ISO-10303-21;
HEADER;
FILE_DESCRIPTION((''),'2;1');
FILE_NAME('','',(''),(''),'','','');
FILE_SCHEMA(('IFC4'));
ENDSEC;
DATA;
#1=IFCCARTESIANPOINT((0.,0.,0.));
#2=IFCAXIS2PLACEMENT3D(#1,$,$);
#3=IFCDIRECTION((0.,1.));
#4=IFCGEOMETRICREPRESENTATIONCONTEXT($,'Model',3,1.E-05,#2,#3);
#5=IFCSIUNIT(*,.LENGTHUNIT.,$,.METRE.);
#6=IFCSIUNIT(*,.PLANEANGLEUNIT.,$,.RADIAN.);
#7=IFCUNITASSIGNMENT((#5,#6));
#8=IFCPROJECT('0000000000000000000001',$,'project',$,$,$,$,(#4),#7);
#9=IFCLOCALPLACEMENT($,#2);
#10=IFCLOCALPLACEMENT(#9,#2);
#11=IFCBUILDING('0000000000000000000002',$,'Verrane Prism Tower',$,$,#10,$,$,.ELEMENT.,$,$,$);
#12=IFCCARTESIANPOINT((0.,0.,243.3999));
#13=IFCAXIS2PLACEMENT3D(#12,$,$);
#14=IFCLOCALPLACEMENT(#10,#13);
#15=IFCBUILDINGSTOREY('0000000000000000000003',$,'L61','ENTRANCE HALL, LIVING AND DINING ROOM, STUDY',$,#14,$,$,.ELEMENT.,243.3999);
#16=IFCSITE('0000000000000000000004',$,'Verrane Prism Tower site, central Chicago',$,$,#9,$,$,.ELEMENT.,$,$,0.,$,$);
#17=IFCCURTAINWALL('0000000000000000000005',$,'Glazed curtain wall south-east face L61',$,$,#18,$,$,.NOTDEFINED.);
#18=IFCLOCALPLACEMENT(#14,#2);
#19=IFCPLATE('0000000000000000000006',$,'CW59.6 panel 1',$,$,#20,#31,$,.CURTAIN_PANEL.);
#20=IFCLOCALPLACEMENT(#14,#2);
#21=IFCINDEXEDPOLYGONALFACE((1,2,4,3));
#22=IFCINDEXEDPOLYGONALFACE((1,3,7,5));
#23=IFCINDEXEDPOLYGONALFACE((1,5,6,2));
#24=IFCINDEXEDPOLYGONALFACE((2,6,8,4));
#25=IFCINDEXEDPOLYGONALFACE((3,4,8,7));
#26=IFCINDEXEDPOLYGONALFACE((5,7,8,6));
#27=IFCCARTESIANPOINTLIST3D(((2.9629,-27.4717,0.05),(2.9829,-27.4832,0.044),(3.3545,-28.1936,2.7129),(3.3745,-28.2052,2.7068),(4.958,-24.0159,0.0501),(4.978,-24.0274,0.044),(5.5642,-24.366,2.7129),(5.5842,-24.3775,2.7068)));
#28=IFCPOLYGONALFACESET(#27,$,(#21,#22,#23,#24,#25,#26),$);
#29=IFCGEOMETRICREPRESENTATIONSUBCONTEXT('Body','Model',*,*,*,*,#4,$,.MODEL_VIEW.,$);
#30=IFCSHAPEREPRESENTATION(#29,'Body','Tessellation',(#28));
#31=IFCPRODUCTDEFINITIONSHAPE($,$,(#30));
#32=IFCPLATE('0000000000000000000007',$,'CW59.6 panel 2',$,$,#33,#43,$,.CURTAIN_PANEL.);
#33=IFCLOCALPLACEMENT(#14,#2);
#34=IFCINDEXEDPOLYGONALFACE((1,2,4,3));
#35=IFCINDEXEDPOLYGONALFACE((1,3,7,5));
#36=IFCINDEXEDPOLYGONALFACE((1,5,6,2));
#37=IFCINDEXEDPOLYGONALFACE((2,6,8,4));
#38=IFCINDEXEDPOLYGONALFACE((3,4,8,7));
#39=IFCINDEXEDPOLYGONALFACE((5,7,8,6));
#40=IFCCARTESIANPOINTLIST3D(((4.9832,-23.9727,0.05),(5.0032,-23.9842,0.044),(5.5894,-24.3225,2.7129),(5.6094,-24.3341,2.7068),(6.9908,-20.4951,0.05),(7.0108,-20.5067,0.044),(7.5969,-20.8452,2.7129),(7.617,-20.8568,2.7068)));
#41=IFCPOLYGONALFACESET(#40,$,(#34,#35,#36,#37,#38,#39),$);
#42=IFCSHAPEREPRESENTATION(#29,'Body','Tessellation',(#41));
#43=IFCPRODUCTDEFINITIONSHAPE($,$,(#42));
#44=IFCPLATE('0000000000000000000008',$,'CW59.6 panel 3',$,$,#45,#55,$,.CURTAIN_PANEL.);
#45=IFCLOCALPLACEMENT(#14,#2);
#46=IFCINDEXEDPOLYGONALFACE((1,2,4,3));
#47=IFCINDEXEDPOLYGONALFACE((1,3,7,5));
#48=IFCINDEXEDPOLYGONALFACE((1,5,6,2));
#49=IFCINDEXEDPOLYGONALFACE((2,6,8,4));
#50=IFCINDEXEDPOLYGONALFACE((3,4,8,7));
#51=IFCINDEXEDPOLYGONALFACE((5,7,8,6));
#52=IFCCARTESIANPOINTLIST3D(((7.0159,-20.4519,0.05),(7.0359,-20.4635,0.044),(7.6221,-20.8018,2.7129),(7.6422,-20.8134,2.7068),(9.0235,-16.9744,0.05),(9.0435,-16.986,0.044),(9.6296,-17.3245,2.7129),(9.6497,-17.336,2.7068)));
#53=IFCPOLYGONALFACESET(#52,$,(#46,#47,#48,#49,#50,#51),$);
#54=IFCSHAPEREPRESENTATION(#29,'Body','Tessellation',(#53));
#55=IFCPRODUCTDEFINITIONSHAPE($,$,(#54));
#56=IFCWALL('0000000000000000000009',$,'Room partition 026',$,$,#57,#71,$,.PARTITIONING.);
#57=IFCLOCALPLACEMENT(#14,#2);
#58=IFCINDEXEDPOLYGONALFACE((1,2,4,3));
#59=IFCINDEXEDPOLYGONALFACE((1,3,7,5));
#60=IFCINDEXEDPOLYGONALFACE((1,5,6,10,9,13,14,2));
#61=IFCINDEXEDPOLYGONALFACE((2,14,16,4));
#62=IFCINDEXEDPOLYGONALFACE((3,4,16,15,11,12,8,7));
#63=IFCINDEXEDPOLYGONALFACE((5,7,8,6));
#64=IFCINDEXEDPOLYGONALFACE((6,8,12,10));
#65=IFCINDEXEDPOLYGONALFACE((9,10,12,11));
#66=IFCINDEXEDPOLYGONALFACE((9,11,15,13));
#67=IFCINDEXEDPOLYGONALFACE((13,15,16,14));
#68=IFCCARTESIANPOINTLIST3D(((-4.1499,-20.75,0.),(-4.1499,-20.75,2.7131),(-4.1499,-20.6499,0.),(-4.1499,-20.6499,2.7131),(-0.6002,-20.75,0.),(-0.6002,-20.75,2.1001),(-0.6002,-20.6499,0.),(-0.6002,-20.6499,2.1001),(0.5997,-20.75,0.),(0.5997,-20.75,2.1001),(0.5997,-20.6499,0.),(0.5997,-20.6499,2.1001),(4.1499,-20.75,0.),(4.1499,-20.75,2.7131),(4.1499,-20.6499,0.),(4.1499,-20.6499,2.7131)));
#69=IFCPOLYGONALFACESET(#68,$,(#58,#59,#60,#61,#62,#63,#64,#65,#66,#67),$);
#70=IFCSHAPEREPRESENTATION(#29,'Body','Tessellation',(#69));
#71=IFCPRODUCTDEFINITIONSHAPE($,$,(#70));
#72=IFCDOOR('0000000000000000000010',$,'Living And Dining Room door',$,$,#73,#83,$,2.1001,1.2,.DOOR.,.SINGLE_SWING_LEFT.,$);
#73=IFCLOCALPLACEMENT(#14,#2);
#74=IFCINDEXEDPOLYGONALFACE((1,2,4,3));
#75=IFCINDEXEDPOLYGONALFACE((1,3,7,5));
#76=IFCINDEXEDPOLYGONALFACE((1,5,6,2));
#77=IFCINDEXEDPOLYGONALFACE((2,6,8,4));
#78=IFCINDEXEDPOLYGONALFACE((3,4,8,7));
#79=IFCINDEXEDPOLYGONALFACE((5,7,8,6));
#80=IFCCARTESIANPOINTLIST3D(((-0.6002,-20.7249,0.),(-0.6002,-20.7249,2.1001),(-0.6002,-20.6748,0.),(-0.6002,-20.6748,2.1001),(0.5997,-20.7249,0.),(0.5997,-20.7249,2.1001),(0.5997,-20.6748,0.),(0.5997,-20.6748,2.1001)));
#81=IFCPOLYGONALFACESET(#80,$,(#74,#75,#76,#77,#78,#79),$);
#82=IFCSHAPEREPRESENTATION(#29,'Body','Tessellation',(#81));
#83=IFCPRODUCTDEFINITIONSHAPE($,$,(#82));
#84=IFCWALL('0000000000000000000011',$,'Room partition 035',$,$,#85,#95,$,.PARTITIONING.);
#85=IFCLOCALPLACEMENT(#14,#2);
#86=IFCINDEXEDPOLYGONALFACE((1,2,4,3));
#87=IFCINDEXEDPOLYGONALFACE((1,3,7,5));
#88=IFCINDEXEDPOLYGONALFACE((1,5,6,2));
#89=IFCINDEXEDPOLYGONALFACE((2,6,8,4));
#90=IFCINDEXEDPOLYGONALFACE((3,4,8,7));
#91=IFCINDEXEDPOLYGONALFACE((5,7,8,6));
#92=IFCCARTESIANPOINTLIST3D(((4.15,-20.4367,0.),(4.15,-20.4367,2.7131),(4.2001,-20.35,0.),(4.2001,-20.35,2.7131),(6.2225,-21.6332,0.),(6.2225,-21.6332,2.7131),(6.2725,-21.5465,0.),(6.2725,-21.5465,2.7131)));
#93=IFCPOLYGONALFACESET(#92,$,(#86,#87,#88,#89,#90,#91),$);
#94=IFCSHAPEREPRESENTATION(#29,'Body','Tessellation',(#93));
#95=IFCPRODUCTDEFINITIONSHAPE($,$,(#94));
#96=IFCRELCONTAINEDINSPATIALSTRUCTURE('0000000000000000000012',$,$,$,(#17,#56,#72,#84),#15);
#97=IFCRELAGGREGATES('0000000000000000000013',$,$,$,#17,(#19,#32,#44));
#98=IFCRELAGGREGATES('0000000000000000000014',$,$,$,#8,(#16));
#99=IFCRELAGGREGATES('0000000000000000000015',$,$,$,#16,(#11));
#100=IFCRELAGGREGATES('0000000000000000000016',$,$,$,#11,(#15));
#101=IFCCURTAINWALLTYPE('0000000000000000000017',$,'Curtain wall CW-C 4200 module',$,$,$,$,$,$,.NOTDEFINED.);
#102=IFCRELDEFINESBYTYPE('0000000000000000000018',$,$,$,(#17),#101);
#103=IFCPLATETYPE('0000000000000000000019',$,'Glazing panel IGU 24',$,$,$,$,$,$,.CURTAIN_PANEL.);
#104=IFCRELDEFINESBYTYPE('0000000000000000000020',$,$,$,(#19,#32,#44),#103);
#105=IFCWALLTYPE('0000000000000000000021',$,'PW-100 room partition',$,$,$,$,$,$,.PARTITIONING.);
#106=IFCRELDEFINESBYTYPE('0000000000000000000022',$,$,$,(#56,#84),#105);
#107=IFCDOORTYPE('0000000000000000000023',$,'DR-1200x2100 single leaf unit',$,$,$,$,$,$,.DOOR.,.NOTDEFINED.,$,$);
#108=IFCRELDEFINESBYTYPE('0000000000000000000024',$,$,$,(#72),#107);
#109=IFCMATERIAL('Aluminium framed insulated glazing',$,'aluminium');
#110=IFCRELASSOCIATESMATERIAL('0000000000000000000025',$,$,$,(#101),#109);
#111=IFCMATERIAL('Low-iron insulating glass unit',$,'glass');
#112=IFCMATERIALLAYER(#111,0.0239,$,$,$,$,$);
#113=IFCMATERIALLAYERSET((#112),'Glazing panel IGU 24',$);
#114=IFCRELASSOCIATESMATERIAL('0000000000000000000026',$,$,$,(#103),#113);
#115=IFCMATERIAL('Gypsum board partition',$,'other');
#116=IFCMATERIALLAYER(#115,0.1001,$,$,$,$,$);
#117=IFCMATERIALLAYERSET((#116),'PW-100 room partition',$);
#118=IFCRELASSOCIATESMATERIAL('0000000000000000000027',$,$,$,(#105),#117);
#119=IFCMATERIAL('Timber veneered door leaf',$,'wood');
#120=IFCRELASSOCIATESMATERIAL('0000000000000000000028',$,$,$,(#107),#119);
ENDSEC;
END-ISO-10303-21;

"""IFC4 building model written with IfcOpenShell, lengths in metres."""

from ifc_helpers import new_model, si_unit, direction, frame, frame_2d, origin, place, context, subcontext, project, spatial, polyline, rectangle, outline, extrude, material, layer, layer_set, type_object, element, fill, aggregate, save


model = new_model("IFC4")

# Units and contexts
model_context = context("Model", 3, precision=1e-05, world=origin(), true_north=direction((0.0, 1.0)))
body_context = subcontext(model_context, "Body", "Model", "MODEL_VIEW")
ifc_project = project(units=[si_unit("LENGTHUNIT", "METRE"), si_unit("PLANEANGLEUNIT", "RADIAN")], contexts=[model_context])

# Site, building, storey
site_placement = place(None, origin())
site = spatial("IfcSite", under=ifc_project, at=site_placement, Name="Verrane Prism Tower site, central Chicago", CompositionType="ELEMENT", RefElevation=0.0)
building_placement = place(site_placement, origin())
building = spatial("IfcBuilding", under=site, at=building_placement, Name="Verrane Prism Tower", CompositionType="ELEMENT")
storey_placement = place(building_placement, frame((0.0, 0.0, 243.3999)))
storey = spatial("IfcBuildingStorey", under=building, at=storey_placement, Name="L61", Description="ENTRANCE HALL, LIVING AND DINING ROOM, STUDY", CompositionType="ELEMENT", Elevation=243.3999)

# Curtain wall
ifc_material_1 = material(Name="Aluminium framed insulated glazing", Category="aluminium")
curtain_wall_type = type_object("IfcCurtainWallType", Name="Curtain wall CW-C 4200 module", PredefinedType="NOTDEFINED", material=ifc_material_1)
curtain_wall_placement = place(storey_placement, origin())
curtain_wall = element("IfcCurtainWall", 1, at=curtain_wall_placement, inside=storey, type_object=curtain_wall_type, Name="Glazed curtain wall south-east face L61", PredefinedType="NOTDEFINED")

# Plates
ifc_material_2 = material(Name="Low-iron insulating glass unit", Category="glass")
ifc_layer_1 = layer(ifc_material_2, 0.0239)
ifc_layer_set_1 = layer_set([ifc_layer_1], Name="Glazing panel IGU 24")
plate_type = type_object("IfcPlateType", Name="Glazing panel IGU 24", PredefinedType="CURTAIN_PANEL", material=ifc_layer_set_1)
plate_1_placement = place(storey_placement, frame((2.9629, -27.4717, 0.05), z_axis=(-0.837578, 0.483545, 0.25426), x_axis=(0.499977, 0.866039, 0.000002)))
plate_1 = element("IfcPlate", 2, at=plate_1_placement, type_object=plate_type, Name="CW59.6 panel 1", PredefinedType="CURTAIN_PANEL", context=body_context, shape_type="SweptSolid", body=[
    extrude(outline(polyline([(0.0, 0.0), (3.9904, 0.0), (3.9903, -2.7533), (-0.4294, -2.7533), (0.0, 0.0)])), origin(), (0.0, 0.0, -1.0), 0.0239),
])
plate_2_placement = place(storey_placement, frame((4.9832, -23.9727, 0.05), z_axis=(-0.837583, 0.48355, 0.25423), x_axis=(0.499977, 0.866039, -0.000004)))
plate_2 = element("IfcPlate", 3, at=plate_2_placement, type_object=plate_type, Name="CW59.6 panel 2", PredefinedType="CURTAIN_PANEL", context=body_context, shape_type="SweptSolid", body=[
    extrude(outline(polyline([(0.0, 0.0), (4.0154, 0.0), (4.0153, -2.7533), (0.0001, -2.7533), (0.0, 0.0)])), origin(), (0.0, 0.0, -1.0), 0.0239),
])
plate_3_placement = place(storey_placement, frame((7.0159, -20.4519, 0.05), z_axis=(-0.837583, 0.48355, 0.25423), x_axis=(0.499977, 0.866039, -0.000004)))
plate_3 = element("IfcPlate", 4, at=plate_3_placement, type_object=plate_type, Name="CW59.6 panel 3", PredefinedType="CURTAIN_PANEL", context=body_context, shape_type="SweptSolid", body=[
    extrude(outline(polyline([(0.0, 0.0), (4.0154, 0.0), (4.0153, -2.7533), (0.0001, -2.7533), (0.0, 0.0)])), origin(), (0.0, 0.0, -1.0), 0.0239),
])
aggregate(curtain_wall, [plate_1, plate_2, plate_3])

# Wall, opening, door
ifc_material_3 = material(Name="Gypsum board partition", Category="other")
ifc_layer_2 = layer(ifc_material_3, 0.1001)
ifc_layer_set_2 = layer_set([ifc_layer_2], Name="PW-100 room partition")
wall_type = type_object("IfcWallType", Name="PW-100 room partition", PredefinedType="PARTITIONING", material=ifc_layer_set_2)
wall_1_placement = place(storey_placement, frame((4.1499, -20.7, 0.0), z_axis=(0.0, 0.0, 1.0), x_axis=(-1.0, 0.0, 0.0)))
wall_1 = element("IfcWall", 5, at=wall_1_placement, inside=storey, type_object=wall_type, Name="Room partition 026", PredefinedType="PARTITIONING", context=body_context, shape_type="SweptSolid", body=[
    extrude(rectangle(XDim=8.2998, YDim=0.1001, at=frame_2d((4.1499, 0.0))), origin(), (0.0, 0.0, 1.0), 2.7131),
])
opening_placement = place(wall_1_placement, frame((3.55, 0.0, 0.0)))
opening = element("IfcOpeningElement", 6, at=opening_placement, cuts=wall_1, PredefinedType="OPENING", context=body_context, shape_type="SweptSolid", body=[
    extrude(rectangle(XDim=1.2, YDim=2.1001, at=frame_2d((0.6001, 1.05))), frame((0.0, 0.0601, 0.0), z_axis=(0.0, -1.0, 0.0), x_axis=(1.0, 0.0, 0.0)), (0.0, 0.0, 1.0), 0.1201),
])
ifc_material_4 = material(Name="Timber veneered door leaf", Category="wood")
door_type = type_object("IfcDoorType", Name="DR-1200x2100 single leaf unit", OperationType="NOTDEFINED", PredefinedType="DOOR", material=ifc_material_4)
door_placement = place(opening_placement, origin())
door = element("IfcDoor", 7, at=door_placement, inside=storey, type_object=door_type, Name="Living And Dining Room door", OperationType="SINGLE_SWING_LEFT", OverallHeight=2.1001, OverallWidth=1.2, PredefinedType="DOOR", context=body_context, shape_type="SweptSolid", body=[
    extrude(rectangle(XDim=1.2, YDim=2.1001, at=frame_2d((0.6001, 1.05))), frame((0.0, 0.0249, 0.0), z_axis=(0.0, -1.0, 0.0), x_axis=(1.0, 0.0, 0.0)), (0.0, 0.0, 1.0), 0.05),
])
fill(opening, door)

# Wall
wall_2_placement = place(storey_placement, frame((4.175, -20.3933, 0.0), z_axis=(0.0, 0.0, 1.0), x_axis=(0.866031, -0.49999, 0.0)))
element("IfcWall", 8, at=wall_2_placement, inside=storey, type_object=wall_type, Name="Room partition 035", PredefinedType="PARTITIONING", context=body_context, shape_type="SweptSolid", body=[
    extrude(rectangle(XDim=2.3931, YDim=0.1001, at=frame_2d((1.1965, 0.0))), origin(), (0.0, 0.0, 1.0), 2.7131),
])

save(model, "model.ifc")
